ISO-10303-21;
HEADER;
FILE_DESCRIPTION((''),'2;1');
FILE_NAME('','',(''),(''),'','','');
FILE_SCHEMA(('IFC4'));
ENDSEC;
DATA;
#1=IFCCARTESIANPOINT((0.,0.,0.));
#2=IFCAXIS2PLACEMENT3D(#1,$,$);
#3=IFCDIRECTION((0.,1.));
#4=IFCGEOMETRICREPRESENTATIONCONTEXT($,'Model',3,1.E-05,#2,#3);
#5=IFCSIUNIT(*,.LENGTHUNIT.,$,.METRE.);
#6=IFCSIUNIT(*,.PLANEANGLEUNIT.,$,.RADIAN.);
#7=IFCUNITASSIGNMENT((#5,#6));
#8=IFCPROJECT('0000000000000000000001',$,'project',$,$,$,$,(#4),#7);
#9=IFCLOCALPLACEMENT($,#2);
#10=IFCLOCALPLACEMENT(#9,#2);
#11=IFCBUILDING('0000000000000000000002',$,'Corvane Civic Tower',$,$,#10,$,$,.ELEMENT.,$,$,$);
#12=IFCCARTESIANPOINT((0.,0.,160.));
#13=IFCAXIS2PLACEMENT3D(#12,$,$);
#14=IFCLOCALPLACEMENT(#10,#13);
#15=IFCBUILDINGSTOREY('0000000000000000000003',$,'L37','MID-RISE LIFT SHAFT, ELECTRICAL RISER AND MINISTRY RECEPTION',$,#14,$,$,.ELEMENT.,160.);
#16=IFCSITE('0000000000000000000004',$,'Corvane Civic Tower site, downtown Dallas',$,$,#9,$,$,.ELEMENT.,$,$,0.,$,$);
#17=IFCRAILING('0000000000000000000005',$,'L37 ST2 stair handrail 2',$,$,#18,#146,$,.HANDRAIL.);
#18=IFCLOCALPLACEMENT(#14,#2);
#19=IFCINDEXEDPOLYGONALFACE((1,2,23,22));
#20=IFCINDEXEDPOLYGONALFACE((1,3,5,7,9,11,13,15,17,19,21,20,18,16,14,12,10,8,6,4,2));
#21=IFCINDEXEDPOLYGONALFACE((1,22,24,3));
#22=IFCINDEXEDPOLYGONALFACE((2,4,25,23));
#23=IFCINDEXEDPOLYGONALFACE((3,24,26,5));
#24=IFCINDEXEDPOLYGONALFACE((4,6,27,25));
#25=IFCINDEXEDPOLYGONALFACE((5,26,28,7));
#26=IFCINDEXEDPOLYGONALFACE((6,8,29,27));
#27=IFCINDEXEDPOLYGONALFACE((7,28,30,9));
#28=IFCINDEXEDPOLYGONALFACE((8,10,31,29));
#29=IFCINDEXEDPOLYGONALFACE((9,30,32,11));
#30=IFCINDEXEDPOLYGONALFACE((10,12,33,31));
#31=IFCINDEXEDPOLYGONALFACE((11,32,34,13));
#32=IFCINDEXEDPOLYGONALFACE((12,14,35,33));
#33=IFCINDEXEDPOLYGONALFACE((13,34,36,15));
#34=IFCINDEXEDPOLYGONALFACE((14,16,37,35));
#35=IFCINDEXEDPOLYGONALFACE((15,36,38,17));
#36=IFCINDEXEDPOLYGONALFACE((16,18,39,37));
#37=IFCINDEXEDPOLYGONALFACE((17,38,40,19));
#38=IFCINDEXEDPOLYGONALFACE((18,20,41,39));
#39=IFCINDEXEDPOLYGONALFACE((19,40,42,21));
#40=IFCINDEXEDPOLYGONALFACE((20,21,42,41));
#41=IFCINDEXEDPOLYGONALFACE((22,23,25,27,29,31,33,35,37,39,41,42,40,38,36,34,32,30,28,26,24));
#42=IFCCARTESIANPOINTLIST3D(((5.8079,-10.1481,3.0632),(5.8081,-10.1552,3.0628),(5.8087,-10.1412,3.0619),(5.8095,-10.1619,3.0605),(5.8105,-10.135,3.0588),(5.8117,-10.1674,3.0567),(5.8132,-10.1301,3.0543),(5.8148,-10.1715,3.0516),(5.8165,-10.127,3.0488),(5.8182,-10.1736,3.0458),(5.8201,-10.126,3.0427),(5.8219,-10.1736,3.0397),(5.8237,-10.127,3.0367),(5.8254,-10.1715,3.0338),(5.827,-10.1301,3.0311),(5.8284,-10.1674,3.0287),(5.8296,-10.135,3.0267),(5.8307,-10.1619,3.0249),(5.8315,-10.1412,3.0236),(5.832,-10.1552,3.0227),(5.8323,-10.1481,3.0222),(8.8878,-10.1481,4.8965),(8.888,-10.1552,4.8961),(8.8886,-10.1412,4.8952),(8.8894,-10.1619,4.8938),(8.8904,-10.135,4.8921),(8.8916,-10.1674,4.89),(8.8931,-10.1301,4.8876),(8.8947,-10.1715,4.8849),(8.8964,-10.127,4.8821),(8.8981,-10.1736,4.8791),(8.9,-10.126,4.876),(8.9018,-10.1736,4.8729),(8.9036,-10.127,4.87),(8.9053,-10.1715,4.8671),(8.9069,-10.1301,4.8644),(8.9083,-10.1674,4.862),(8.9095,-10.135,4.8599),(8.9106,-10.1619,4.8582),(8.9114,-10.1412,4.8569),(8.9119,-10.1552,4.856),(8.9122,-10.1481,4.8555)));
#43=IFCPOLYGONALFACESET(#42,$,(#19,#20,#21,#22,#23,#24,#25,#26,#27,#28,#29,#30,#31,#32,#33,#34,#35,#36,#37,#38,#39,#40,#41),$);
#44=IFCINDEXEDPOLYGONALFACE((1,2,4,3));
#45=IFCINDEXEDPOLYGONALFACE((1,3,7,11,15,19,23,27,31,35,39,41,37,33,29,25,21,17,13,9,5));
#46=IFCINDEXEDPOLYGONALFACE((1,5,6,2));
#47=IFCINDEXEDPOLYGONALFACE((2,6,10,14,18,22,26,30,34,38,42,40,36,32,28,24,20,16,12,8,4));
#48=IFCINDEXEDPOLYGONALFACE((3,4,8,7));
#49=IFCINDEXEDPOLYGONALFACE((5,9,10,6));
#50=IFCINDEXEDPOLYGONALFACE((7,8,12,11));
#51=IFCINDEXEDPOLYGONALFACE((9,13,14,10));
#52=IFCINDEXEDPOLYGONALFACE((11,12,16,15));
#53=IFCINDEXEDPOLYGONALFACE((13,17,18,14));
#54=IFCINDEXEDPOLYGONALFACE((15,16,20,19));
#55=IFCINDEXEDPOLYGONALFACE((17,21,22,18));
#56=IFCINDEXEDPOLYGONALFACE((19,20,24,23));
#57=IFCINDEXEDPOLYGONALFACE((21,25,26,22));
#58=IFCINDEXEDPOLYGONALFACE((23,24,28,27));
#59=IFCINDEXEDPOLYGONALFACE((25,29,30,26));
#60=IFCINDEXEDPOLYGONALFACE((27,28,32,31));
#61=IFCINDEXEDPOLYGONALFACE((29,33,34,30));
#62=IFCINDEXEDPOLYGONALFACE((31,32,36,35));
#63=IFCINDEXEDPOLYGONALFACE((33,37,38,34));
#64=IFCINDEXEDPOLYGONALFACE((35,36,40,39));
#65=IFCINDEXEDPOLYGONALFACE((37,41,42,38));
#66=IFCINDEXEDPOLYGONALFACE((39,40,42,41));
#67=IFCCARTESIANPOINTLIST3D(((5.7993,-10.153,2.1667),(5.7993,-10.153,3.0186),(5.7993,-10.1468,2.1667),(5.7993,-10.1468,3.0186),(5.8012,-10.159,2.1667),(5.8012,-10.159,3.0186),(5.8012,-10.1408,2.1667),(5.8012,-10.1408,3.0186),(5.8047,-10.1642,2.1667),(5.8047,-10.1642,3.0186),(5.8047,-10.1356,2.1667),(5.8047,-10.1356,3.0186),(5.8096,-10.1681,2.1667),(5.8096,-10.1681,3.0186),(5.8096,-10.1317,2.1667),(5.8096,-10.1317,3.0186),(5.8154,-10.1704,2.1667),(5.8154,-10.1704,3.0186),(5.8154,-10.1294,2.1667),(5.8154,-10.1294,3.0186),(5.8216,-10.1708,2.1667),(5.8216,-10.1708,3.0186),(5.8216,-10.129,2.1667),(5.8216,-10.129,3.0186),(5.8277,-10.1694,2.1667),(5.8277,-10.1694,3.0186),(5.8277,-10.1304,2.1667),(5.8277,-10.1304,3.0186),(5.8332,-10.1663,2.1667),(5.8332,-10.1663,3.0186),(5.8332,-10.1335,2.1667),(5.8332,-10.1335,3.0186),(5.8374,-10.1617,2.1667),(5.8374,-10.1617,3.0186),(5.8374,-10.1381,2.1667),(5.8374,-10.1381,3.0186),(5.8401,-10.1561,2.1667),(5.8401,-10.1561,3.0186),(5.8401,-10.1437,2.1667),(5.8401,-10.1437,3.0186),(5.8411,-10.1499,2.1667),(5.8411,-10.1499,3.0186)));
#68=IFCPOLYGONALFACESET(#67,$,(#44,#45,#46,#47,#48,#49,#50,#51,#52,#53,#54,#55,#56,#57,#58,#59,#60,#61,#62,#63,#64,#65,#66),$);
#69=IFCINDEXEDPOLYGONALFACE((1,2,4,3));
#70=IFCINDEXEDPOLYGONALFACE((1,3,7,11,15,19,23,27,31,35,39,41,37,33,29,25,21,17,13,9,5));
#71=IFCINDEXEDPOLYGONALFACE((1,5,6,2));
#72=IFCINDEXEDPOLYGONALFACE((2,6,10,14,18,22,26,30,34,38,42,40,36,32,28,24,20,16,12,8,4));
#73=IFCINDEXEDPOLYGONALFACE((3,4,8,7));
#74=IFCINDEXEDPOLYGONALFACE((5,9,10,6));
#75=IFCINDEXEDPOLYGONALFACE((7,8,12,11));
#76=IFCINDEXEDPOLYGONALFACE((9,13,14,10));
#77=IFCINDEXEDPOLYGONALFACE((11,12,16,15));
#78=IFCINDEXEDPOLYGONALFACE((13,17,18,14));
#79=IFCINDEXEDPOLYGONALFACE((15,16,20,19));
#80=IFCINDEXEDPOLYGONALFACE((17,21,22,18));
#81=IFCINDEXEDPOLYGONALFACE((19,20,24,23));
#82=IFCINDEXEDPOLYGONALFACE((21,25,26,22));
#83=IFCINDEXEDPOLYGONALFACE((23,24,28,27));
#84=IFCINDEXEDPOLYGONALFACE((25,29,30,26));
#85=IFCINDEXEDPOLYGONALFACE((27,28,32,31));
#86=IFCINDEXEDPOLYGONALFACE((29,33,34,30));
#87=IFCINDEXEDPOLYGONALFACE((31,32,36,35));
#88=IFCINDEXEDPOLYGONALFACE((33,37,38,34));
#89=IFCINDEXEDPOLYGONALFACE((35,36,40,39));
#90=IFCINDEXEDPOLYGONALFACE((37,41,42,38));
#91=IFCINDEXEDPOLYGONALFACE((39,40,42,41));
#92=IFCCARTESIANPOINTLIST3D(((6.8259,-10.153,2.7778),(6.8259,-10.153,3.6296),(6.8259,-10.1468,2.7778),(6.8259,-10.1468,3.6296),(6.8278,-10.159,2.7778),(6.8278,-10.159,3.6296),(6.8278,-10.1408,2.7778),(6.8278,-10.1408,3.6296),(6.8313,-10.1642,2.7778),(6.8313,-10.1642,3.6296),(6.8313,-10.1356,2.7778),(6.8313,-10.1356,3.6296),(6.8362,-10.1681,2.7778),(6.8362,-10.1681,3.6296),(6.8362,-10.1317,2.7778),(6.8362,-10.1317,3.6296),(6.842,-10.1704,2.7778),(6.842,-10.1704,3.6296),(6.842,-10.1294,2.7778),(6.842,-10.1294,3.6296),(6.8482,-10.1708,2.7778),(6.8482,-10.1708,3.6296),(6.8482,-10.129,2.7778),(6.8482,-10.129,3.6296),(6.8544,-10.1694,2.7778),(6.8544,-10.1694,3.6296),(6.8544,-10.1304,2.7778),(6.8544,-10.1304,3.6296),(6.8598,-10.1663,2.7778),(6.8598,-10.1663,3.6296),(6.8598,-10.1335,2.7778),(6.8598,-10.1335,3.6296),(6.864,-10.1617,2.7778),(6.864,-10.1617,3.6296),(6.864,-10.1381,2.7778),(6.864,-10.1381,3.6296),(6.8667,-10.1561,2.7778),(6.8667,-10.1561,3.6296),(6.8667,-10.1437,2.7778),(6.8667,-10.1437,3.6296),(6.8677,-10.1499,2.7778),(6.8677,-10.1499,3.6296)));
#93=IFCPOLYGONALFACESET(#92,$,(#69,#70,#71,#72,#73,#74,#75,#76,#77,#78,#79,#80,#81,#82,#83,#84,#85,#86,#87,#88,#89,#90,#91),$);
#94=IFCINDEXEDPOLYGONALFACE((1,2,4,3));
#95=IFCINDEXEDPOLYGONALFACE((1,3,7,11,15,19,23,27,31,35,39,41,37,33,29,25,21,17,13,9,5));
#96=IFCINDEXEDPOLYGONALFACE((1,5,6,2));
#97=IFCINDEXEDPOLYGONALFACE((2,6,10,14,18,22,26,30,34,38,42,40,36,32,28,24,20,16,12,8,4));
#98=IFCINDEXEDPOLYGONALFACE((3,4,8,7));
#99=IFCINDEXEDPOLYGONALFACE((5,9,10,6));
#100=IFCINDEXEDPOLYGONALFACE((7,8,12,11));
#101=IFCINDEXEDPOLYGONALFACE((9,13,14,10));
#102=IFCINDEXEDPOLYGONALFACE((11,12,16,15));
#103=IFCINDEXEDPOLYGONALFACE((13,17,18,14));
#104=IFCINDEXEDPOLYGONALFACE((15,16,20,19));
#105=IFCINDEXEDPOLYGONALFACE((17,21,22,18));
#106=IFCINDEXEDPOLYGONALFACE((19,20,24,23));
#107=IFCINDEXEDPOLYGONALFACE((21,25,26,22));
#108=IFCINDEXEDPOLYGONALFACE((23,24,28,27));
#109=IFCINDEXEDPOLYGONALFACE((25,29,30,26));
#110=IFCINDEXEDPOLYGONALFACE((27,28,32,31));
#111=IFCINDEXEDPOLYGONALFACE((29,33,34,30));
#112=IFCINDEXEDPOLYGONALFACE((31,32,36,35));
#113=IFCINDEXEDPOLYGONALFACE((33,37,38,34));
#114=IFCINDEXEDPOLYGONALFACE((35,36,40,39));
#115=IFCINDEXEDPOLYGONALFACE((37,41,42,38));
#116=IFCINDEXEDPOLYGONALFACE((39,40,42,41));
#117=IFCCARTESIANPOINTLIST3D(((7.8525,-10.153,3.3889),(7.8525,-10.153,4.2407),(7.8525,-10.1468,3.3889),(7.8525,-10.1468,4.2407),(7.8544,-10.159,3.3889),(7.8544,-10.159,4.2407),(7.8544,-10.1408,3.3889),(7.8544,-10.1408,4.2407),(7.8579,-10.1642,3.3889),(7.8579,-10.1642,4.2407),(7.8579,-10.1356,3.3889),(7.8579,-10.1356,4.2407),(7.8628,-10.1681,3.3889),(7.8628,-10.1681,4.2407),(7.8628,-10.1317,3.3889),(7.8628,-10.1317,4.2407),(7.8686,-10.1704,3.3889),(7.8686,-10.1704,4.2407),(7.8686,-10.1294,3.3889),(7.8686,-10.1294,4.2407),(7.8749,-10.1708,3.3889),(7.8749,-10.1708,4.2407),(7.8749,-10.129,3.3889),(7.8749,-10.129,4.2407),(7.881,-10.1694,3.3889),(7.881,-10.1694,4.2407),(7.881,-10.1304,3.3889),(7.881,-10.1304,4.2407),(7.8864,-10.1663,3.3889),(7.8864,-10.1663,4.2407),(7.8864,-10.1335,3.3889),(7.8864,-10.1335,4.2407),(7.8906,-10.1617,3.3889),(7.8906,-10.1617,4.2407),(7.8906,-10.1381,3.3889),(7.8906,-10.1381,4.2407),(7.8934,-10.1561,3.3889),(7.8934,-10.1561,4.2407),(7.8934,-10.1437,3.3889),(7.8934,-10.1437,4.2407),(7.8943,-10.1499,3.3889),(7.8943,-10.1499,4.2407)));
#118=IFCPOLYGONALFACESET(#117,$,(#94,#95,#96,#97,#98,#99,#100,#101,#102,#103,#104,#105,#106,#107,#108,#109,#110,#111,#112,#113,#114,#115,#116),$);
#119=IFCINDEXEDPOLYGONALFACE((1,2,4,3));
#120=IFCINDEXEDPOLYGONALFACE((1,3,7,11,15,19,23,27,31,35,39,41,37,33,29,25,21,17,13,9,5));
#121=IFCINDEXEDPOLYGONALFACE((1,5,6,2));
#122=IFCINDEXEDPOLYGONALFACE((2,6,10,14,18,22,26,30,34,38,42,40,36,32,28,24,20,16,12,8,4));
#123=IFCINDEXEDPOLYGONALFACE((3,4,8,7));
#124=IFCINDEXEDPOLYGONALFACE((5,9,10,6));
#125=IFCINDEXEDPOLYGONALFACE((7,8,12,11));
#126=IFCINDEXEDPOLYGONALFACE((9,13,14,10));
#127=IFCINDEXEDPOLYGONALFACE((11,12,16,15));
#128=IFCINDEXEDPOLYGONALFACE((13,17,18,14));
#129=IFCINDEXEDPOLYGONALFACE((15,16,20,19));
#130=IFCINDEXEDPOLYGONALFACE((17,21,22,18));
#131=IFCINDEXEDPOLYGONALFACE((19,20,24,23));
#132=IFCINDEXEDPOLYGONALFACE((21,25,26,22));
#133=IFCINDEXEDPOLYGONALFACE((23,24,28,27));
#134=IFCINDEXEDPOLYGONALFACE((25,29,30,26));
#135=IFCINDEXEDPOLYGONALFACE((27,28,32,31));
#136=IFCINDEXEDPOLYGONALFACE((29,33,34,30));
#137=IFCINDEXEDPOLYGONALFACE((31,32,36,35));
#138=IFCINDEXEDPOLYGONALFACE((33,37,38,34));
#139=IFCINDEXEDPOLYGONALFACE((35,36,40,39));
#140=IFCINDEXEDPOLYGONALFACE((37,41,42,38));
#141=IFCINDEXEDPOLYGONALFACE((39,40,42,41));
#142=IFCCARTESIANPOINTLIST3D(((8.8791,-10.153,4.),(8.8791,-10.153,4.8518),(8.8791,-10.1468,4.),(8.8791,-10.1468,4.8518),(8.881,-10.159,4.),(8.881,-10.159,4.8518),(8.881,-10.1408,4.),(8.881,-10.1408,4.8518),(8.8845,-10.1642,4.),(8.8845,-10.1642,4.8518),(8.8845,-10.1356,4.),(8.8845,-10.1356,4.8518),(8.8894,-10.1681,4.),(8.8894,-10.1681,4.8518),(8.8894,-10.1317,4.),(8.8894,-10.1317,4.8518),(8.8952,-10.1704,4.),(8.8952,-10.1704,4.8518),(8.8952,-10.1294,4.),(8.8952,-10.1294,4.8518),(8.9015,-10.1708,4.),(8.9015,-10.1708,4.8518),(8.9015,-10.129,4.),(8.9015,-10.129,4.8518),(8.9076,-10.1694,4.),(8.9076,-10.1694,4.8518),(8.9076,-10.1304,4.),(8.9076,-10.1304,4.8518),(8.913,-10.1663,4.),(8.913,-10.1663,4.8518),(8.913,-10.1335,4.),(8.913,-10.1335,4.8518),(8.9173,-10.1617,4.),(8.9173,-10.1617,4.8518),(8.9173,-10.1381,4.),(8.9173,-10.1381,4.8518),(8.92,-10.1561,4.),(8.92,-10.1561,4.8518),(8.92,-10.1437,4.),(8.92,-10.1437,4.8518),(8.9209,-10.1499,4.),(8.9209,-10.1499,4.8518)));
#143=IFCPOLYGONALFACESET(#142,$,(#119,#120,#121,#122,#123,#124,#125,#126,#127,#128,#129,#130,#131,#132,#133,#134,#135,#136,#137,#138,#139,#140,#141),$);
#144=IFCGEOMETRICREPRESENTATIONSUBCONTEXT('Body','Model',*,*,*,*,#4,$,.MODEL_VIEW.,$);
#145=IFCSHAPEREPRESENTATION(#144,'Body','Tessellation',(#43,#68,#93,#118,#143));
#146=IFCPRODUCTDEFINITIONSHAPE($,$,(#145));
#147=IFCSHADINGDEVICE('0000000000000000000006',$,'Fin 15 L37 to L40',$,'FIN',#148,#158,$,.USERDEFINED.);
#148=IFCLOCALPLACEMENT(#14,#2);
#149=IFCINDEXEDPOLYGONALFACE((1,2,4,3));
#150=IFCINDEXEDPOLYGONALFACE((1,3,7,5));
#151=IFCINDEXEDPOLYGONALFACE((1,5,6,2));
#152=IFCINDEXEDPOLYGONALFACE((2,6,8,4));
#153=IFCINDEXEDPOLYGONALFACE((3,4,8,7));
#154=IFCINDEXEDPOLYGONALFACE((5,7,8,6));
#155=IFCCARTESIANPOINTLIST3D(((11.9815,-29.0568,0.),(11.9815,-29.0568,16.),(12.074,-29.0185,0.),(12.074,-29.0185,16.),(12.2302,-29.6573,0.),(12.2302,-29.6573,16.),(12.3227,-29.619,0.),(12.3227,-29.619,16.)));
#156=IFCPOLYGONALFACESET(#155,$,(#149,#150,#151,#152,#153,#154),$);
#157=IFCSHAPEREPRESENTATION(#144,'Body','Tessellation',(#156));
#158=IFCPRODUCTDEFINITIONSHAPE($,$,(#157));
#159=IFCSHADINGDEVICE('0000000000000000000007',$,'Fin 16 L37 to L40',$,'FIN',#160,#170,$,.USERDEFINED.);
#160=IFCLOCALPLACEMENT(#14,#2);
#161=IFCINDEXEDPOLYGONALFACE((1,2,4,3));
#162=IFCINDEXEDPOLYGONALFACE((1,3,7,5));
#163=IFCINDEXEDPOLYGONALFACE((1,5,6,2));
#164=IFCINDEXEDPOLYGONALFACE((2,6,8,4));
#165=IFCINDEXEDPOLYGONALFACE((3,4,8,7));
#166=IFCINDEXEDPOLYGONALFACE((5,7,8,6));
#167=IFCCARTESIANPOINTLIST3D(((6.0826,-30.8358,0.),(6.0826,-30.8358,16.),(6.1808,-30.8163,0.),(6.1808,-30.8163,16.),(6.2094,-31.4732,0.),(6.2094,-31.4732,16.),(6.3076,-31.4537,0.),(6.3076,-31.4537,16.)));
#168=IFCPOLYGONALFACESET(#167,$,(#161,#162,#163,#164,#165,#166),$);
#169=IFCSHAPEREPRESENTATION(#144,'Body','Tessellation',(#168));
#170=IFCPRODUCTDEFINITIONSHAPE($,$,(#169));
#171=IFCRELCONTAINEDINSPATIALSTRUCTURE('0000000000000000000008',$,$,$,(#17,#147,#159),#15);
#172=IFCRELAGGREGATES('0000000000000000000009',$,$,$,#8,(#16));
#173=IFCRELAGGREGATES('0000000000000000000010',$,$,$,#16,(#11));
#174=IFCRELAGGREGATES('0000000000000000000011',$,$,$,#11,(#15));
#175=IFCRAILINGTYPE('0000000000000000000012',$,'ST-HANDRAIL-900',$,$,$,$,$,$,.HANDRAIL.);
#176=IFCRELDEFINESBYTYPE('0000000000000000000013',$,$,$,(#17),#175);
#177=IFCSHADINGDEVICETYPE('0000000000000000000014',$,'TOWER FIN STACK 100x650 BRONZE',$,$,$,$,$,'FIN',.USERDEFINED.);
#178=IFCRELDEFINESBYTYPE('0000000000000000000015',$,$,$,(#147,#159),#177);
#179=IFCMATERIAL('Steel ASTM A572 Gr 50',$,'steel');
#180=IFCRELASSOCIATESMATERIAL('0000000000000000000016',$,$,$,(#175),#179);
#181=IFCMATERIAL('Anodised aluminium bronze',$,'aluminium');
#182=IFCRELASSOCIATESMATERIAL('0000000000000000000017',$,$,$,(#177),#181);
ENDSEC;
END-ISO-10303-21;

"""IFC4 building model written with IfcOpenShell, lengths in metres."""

from ifc_helpers import new_model, si_unit, direction, frame, origin, origin_2d, place, context, subcontext, project, spatial, rectangle, circle, extrude, material, material_profile, profile_set, type_object, element, save


model = new_model("IFC4")

# Units and contexts
model_context = context("Model", 3, precision=1e-05, world=origin(), true_north=direction((0.0, 1.0)))
body_context = subcontext(model_context, "Body", "Model", "MODEL_VIEW")
ifc_project = project(units=[si_unit("LENGTHUNIT", "METRE"), si_unit("PLANEANGLEUNIT", "RADIAN")], contexts=[model_context])

# Site, building, storey
site_placement = place(None, origin())
site = spatial("IfcSite", under=ifc_project, at=site_placement, Name="Corvane Civic Tower site, downtown Dallas", CompositionType="ELEMENT", RefElevation=0.0)
building_placement = place(site_placement, origin())
building = spatial("IfcBuilding", under=site, at=building_placement, Name="Corvane Civic Tower", CompositionType="ELEMENT")
storey_placement = place(building_placement, frame((0.0, 0.0, 160.0)))
storey = spatial("IfcBuildingStorey", under=building, at=storey_placement, Name="L37", Description="MID-RISE LIFT SHAFT, ELECTRICAL RISER AND MINISTRY RECEPTION", CompositionType="ELEMENT", Elevation=160.0)

# Railing
ifc_material_1 = material(Name="Steel ASTM A572 Gr 50", Category="steel")
railing_type_1 = type_object("IfcRailingType", Name="ST-HANDRAIL-900", PredefinedType="HANDRAIL", material=ifc_material_1)
railing_1_placement = place(storey_placement, frame((5.8201, -10.1499, 2.1667)))
element("IfcRailing", 1, at=railing_1_placement, inside=storey, type_object=railing_type_1, Name="L37 ST2 stair handrail 2", PredefinedType="HANDRAIL", context=body_context, shape_type="SweptSolid", body=[
    extrude(circle(Radius=0.0239, at=origin_2d()), frame((0.0, 0.0, 0.876), z_axis=(0.859291, 0.0, 0.511487), x_axis=(0.0, 1.0, 0.0)), (0.0, 0.0, 1.0), 3.5842),
    extrude(circle(Radius=0.021, at=origin_2d()), origin(), (0.0, 0.0, 1.0), 0.8518),
    extrude(circle(Radius=0.021, at=origin_2d()), frame((1.0266, 0.0, 0.6111)), (0.0, 0.0, 1.0), 0.8518),
    extrude(circle(Radius=0.021, at=origin_2d()), frame((2.0532, 0.0, 1.2222)), (0.0, 0.0, 1.0), 0.8518),
    extrude(circle(Radius=0.021, at=origin_2d()), frame((3.0798, 0.0, 1.8333)), (0.0, 0.0, 1.0), 0.8518),
])

# Shading devices
ifc_material_2 = material(Name="Anodised aluminium bronze", Category="aluminium")
ifc_material_profile_1 = material_profile(ifc_material_2, rectangle(XDim=0.1001, YDim=0.6499, at=origin_2d()), Name="TOWER FIN STACK 100x650 BRONZE")
ifc_profile_set_1 = profile_set([ifc_material_profile_1], Name="Anodised aluminium bronze")
shading_device_type = type_object("IfcShadingDeviceType", Name="TOWER FIN STACK 100x650 BRONZE", ElementType="FIN", PredefinedType="USERDEFINED", material=ifc_profile_set_1)
for number, where, z_axis, x_axis, name in (
    (2, (12.1521, -29.3379, 0.0), (0.0, 0.0, 1.0), (-0.92388, -0.382683, 0.0), "Fin 15 L37 to L40"),
    (3, (6.1951, -31.1448, 0.0), (0.0, 0.0, 1.0), (-0.980785, -0.19509, 0.0), "Fin 16 L37 to L40"),
):
    element("IfcShadingDevice", number, at=place(storey_placement, frame(where, z_axis=z_axis, x_axis=x_axis)), inside=storey, type_object=shading_device_type, Name=name, ObjectType="FIN", PredefinedType="USERDEFINED", context=body_context, shape_type="SweptSolid", body=[
        extrude(rectangle(XDim=0.1001, YDim=0.6499, at=origin_2d()), origin(), (0.0, 0.0, 1.0), 16.0),
    ])

save(model, "model.ifc")
